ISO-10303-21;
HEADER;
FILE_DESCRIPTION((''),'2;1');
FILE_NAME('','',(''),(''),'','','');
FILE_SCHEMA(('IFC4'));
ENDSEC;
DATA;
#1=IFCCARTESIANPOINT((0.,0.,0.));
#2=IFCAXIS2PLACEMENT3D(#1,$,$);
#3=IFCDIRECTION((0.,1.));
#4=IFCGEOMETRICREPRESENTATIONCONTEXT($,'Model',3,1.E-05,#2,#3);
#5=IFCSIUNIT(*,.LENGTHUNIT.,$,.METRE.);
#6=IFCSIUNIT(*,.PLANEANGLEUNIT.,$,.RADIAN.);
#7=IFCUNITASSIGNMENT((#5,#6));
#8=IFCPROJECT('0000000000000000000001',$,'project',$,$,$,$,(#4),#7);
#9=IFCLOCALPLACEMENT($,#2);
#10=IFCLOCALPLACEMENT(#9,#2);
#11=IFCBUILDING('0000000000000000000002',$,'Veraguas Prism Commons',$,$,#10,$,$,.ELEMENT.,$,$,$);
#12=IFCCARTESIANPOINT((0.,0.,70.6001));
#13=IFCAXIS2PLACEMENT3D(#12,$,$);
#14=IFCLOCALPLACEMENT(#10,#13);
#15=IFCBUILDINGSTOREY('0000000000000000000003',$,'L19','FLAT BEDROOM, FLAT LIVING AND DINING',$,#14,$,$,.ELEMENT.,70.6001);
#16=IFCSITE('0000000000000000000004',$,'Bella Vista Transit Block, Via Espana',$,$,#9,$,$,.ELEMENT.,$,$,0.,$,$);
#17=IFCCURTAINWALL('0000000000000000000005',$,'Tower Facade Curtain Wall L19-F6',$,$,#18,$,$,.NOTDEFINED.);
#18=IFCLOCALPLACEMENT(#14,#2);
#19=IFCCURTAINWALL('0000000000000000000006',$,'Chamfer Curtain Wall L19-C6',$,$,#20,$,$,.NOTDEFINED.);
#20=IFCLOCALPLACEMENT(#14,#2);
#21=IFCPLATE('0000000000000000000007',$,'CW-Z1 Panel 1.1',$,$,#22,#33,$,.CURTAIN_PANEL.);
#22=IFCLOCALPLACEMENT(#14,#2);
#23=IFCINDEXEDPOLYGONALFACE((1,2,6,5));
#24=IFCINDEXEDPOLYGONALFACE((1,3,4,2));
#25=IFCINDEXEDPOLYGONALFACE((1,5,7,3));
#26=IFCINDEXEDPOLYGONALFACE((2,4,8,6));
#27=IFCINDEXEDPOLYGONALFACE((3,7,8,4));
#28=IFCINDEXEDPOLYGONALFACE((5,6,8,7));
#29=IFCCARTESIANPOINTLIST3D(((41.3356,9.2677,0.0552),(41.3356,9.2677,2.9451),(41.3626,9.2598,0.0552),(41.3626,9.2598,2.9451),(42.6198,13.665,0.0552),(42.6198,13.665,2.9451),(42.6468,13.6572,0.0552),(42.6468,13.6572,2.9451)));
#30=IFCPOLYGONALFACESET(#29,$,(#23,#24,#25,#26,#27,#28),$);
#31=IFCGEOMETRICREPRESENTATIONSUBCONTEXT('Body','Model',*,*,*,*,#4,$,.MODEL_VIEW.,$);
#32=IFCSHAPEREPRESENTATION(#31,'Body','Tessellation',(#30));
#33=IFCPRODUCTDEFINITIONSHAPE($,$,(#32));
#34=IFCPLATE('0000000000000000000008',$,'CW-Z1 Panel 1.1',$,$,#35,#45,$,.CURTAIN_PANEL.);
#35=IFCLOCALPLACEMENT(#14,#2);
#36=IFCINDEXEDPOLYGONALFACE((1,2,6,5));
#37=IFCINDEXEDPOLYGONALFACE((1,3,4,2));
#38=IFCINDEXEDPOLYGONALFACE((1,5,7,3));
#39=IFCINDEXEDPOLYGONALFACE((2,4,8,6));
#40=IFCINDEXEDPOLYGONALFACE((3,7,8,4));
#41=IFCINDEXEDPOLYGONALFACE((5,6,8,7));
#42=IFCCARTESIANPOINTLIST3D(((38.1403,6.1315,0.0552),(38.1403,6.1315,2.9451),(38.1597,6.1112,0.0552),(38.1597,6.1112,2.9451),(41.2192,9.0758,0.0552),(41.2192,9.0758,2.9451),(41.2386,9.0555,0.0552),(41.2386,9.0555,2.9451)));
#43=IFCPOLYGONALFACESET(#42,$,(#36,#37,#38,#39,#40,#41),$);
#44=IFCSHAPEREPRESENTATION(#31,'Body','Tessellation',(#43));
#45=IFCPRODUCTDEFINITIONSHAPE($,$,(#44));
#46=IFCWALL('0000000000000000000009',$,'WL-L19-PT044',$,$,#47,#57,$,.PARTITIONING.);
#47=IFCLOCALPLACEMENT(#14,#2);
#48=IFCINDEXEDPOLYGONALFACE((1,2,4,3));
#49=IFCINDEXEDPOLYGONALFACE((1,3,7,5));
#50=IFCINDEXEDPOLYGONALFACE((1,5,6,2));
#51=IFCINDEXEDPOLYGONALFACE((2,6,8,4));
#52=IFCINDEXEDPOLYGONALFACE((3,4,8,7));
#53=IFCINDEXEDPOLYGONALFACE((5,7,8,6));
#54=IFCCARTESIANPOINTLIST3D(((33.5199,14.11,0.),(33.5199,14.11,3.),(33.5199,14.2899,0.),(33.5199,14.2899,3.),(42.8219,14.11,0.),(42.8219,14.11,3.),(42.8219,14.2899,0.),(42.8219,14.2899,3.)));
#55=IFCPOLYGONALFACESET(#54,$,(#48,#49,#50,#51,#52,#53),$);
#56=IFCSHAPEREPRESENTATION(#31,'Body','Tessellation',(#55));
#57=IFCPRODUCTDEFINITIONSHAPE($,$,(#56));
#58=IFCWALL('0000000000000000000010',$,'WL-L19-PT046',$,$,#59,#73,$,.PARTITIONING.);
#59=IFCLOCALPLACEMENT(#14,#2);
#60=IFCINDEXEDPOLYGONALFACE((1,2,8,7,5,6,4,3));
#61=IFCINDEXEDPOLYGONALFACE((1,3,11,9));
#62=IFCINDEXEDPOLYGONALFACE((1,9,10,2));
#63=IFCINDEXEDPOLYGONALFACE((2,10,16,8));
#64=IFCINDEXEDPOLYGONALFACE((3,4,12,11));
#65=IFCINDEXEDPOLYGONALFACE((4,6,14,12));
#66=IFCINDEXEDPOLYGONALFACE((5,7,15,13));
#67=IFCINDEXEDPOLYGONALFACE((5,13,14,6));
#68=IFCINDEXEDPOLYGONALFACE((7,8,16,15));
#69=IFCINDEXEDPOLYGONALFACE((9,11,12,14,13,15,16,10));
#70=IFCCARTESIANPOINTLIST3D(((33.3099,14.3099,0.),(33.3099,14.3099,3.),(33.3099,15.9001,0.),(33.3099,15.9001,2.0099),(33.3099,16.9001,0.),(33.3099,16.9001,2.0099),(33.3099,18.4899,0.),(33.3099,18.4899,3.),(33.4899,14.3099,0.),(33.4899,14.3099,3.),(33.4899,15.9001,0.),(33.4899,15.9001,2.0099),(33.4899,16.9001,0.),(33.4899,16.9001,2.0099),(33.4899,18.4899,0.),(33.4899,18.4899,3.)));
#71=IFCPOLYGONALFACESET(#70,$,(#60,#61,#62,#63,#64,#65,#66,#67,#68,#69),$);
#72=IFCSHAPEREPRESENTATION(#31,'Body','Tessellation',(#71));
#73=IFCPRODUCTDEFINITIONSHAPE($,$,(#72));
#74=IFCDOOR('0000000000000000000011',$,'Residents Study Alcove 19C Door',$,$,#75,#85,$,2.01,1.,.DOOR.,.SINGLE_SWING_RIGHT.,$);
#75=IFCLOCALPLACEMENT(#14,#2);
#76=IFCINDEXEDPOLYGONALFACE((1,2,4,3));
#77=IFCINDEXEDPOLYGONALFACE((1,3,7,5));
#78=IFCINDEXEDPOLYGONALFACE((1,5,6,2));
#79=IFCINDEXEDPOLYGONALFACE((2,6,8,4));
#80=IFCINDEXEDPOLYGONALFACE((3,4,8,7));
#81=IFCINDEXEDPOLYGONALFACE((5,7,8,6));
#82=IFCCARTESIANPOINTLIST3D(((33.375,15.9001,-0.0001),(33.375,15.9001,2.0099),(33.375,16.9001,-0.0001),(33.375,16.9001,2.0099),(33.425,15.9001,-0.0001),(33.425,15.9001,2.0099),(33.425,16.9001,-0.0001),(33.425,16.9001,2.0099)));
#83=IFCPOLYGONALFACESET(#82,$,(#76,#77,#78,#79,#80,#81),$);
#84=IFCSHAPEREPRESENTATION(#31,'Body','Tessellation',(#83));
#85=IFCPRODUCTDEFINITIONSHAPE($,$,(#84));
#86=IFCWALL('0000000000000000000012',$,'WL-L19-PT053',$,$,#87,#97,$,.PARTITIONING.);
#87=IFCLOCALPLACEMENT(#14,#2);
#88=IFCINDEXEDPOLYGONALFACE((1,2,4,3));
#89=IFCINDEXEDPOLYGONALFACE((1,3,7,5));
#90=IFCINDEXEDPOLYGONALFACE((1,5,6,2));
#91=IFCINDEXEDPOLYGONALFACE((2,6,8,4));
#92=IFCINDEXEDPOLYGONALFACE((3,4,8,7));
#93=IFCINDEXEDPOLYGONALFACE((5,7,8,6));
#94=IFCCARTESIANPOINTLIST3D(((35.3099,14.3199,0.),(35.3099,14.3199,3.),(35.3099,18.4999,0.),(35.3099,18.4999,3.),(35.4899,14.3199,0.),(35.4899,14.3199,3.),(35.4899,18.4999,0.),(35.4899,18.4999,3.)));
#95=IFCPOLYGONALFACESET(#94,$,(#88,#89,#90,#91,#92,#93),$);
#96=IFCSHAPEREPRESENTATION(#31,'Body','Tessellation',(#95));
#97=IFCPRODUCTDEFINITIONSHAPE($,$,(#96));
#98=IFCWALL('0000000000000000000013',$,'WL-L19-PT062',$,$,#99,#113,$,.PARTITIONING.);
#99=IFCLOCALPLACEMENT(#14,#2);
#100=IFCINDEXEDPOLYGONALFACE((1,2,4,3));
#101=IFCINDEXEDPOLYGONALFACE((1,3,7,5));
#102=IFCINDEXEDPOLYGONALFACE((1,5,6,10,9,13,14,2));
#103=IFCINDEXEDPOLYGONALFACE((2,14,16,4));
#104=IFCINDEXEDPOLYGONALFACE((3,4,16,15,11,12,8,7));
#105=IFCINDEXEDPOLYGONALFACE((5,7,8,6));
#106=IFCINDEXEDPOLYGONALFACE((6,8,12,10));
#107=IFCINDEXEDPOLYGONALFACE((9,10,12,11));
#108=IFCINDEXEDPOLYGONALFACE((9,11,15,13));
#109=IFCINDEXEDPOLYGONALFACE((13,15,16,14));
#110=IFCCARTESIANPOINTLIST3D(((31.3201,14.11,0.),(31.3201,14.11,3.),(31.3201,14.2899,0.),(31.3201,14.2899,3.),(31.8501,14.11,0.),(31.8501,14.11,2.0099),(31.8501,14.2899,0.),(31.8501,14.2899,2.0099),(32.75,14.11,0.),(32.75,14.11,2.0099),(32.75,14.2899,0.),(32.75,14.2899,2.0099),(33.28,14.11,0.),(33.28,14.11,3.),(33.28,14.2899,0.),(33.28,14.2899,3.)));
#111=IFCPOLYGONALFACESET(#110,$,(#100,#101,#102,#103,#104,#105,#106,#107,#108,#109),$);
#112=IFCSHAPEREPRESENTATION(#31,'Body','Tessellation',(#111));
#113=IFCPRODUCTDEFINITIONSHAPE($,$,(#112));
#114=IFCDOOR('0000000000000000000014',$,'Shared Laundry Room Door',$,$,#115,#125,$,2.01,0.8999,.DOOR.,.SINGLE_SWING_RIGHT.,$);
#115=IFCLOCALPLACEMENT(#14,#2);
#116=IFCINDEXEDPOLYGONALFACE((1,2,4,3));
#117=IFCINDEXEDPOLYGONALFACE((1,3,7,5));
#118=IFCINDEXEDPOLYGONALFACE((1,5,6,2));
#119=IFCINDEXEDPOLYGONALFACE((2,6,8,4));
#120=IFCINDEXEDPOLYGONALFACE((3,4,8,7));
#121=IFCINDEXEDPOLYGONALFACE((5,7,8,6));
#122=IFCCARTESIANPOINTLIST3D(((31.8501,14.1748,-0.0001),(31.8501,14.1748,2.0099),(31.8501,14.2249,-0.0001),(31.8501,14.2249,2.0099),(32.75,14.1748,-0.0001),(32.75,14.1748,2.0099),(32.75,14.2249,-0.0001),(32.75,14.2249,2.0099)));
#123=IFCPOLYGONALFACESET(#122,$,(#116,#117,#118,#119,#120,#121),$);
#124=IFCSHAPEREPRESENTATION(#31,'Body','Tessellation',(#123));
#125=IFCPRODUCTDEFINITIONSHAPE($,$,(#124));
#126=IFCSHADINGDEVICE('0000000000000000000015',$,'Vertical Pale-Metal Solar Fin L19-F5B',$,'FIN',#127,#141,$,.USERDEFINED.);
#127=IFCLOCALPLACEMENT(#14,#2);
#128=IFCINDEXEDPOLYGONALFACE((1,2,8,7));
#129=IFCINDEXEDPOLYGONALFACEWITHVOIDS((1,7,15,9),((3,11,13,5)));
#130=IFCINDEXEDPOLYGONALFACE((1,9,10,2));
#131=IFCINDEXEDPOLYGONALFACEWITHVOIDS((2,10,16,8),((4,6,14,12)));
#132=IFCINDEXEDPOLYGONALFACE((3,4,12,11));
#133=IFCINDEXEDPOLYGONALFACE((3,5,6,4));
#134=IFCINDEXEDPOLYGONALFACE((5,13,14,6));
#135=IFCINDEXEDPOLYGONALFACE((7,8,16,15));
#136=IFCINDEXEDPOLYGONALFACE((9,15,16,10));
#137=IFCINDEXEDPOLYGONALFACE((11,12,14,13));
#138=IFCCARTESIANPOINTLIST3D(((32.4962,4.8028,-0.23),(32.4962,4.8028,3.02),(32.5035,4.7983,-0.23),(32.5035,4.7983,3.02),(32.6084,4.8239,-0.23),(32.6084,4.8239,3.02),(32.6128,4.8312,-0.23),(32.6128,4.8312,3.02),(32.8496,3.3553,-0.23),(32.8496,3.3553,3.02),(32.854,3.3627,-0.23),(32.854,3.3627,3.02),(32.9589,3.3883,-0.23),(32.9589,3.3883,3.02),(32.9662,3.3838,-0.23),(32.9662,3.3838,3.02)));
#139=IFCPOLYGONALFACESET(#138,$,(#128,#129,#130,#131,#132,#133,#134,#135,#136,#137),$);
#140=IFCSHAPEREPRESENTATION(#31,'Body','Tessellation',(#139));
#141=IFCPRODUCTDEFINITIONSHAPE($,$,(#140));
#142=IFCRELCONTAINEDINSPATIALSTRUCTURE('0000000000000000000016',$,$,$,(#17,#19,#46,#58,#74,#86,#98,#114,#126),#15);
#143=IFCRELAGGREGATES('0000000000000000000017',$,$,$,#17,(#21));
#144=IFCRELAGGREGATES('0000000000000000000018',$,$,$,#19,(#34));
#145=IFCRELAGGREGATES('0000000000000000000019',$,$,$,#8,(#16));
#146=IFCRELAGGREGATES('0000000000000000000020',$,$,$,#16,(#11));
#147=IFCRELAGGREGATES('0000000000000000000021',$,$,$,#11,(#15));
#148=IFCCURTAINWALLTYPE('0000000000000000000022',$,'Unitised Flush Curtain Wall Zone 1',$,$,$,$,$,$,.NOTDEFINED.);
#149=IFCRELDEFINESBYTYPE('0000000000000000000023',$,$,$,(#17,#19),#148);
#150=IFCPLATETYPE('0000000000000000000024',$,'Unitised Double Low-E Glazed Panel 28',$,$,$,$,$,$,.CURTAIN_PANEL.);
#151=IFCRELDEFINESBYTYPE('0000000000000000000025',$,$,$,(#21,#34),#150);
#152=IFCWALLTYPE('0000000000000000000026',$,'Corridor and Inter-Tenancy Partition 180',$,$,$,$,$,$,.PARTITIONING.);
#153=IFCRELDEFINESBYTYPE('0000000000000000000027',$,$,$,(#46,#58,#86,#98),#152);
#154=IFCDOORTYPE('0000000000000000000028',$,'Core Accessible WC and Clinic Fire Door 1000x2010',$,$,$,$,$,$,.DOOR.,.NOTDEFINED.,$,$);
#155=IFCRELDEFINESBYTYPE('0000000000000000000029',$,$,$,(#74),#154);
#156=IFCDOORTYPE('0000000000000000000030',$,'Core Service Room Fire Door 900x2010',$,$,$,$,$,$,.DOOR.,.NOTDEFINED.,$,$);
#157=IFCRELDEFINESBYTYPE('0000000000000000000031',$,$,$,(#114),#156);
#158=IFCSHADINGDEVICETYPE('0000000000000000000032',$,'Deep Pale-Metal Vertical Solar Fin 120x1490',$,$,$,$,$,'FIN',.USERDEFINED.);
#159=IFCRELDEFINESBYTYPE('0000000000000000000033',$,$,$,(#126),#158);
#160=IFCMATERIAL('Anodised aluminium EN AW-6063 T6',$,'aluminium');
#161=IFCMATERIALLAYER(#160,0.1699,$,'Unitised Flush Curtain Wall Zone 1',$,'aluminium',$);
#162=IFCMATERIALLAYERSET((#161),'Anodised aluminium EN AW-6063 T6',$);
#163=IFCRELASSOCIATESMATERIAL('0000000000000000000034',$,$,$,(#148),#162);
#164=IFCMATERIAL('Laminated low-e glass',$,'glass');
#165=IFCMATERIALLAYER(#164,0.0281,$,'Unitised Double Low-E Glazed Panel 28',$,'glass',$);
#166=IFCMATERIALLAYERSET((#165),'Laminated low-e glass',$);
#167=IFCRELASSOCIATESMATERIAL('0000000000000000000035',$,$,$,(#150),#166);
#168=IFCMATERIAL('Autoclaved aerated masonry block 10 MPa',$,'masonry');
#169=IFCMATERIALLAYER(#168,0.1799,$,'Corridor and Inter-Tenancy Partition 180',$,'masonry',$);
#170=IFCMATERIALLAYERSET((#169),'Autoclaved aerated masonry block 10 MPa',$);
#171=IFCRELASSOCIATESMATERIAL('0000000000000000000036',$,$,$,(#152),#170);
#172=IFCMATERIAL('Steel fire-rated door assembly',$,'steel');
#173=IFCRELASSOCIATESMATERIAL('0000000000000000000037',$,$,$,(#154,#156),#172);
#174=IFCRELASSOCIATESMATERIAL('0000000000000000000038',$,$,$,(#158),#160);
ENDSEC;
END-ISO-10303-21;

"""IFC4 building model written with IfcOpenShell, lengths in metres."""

from ifc_helpers import new_model, si_unit, direction, frame, frame_2d, origin, origin_2d, place, context, subcontext, project, spatial, rectangle, hollow_rectangle, extrude, source, transform, mapped, material, layer, layer_set, material_profile, profile_set, type_object, element, fill, aggregate, save


model = new_model("IFC4")

# Units and contexts
model_context = context("Model", 3, precision=1e-05, world=origin(), true_north=direction((0.0, 1.0)))
body_context = subcontext(model_context, "Body", "Model", "MODEL_VIEW")
ifc_project = project(units=[si_unit("LENGTHUNIT", "METRE"), si_unit("PLANEANGLEUNIT", "RADIAN")], contexts=[model_context])

# Site, building, storey
site_placement = place(None, origin())
site = spatial("IfcSite", under=ifc_project, at=site_placement, Name="Bella Vista Transit Block, Via Espana", CompositionType="ELEMENT", RefElevation=0.0)
building_placement = place(site_placement, origin())
building = spatial("IfcBuilding", under=site, at=building_placement, Name="Veraguas Prism Commons", CompositionType="ELEMENT")
storey_placement = place(building_placement, frame((0.0, 0.0, 70.6001)))
storey = spatial("IfcBuildingStorey", under=building, at=storey_placement, Name="L19", Description="FLAT BEDROOM, FLAT LIVING AND DINING", CompositionType="ELEMENT", Elevation=70.6001)

# Curtain walls
ifc_material_1 = material(Name="Anodised aluminium EN AW-6063 T6", Category="aluminium")
ifc_layer_1 = layer(ifc_material_1, 0.1699, Name="Unitised Flush Curtain Wall Zone 1", Category="aluminium")
ifc_layer_set_1 = layer_set([ifc_layer_1], Name="Anodised aluminium EN AW-6063 T6")
curtain_wall_type = type_object("IfcCurtainWallType", Name="Unitised Flush Curtain Wall Zone 1", PredefinedType="NOTDEFINED", material=ifc_layer_set_1)
curtain_wall_1_placement = place(storey_placement, origin())
curtain_wall_1 = element("IfcCurtainWall", 1, at=curtain_wall_1_placement, inside=storey, type_object=curtain_wall_type, Name="Tower Facade Curtain Wall L19-F6", PredefinedType="NOTDEFINED")
curtain_wall_2_placement = place(storey_placement, origin())
curtain_wall_2 = element("IfcCurtainWall", 2, at=curtain_wall_2_placement, inside=storey, type_object=curtain_wall_type, Name="Chamfer Curtain Wall L19-C6", PredefinedType="NOTDEFINED")

# Plates
ifc_material_2 = material(Name="Laminated low-e glass", Category="glass")
ifc_layer_2 = layer(ifc_material_2, 0.0281, Name="Unitised Double Low-E Glazed Panel 28", Category="glass")
ifc_layer_set_2 = layer_set([ifc_layer_2], Name="Laminated low-e glass")
plate_type = type_object("IfcPlateType", Name="Unitised Double Low-E Glazed Panel 28", PredefinedType="CURTAIN_PANEL", material=ifc_layer_set_2)
shared_shape_1 = source(origin(), body_context, "Body", "SweptSolid", [
    extrude(rectangle(XDim=4.5811, YDim=0.0281, at=origin_2d()), origin(), (0.0, 0.0, 1.0), 2.8899),
])
plate_1_placement = place(storey_placement, frame((41.9912, 11.4624, 0.0552), z_axis=(0.0, 0.0, 1.0), x_axis=(0.280333, 0.959903, 0.0)))
plate_1 = element("IfcPlate", 3, at=plate_1_placement, type_object=plate_type, Name="CW-Z1 Panel 1.1", PredefinedType="CURTAIN_PANEL", context=body_context, shape_type="MappedRepresentation", body=[
    mapped(shared_shape_1, transform((0.0, 0.0, 0.0), scale=1.0)),
])
aggregate(curtain_wall_1, [plate_1])
shared_shape_2 = source(origin(), body_context, "Body", "SweptSolid", [
    extrude(rectangle(XDim=4.26, YDim=0.0281, at=origin_2d()), origin(), (0.0, 0.0, 1.0), 2.8899),
])
plate_2_placement = place(storey_placement, frame((39.6895, 7.5935, 0.0552), z_axis=(0.0, 0.0, 1.0), x_axis=(0.72273, 0.691131, 0.0)))
plate_2 = element("IfcPlate", 4, at=plate_2_placement, type_object=plate_type, Name="CW-Z1 Panel 1.1", PredefinedType="CURTAIN_PANEL", context=body_context, shape_type="MappedRepresentation", body=[
    mapped(shared_shape_2, transform((0.0, 0.0, 0.0), scale=1.0)),
])
aggregate(curtain_wall_2, [plate_2])

# Wall
ifc_material_3 = material(Name="Autoclaved aerated masonry block 10 MPa", Category="masonry")
ifc_layer_3 = layer(ifc_material_3, 0.1799, Name="Corridor and Inter-Tenancy Partition 180", Category="masonry")
ifc_layer_set_3 = layer_set([ifc_layer_3], Name="Autoclaved aerated masonry block 10 MPa")
wall_type = type_object("IfcWallType", Name="Corridor and Inter-Tenancy Partition 180", PredefinedType="PARTITIONING", material=ifc_layer_set_3)
wall_1_placement = place(storey_placement, frame((33.52, 14.2, 0.0), z_axis=(0.0, 0.0, 1.0), x_axis=(1.0, 0.0, 0.0)))
element("IfcWall", 5, at=wall_1_placement, inside=storey, type_object=wall_type, Name="WL-L19-PT044", PredefinedType="PARTITIONING", context=body_context, shape_type="SweptSolid", body=[
    extrude(rectangle(XDim=9.302, YDim=0.1799, at=frame_2d((4.6509, 0.0))), origin(), (0.0, 0.0, 1.0), 3.0),
])

# Wall, opening, door
wall_2_placement = place(storey_placement, frame((33.3999, 14.3101, 0.0), z_axis=(0.0, 0.0, 1.0), x_axis=(0.0, 1.0, 0.0)))
wall_2 = element("IfcWall", 6, at=wall_2_placement, inside=storey, type_object=wall_type, Name="WL-L19-PT046", PredefinedType="PARTITIONING", context=body_context, shape_type="SweptSolid", body=[
    extrude(rectangle(XDim=4.1799, YDim=0.1799, at=frame_2d((2.0898, 0.0))), origin(), (0.0, 0.0, 1.0), 3.0),
])
opening_1_placement = place(wall_2_placement, frame((1.5901, 0.0, 0.0)))
opening_1 = element("IfcOpeningElement", 7, at=opening_1_placement, cuts=wall_2, PredefinedType="OPENING", context=body_context, shape_type="SweptSolid", body=[
    extrude(rectangle(XDim=1.0, YDim=2.01, at=frame_2d((0.5, 1.0049))), frame((0.0, 0.0999, 0.0), z_axis=(0.0, -1.0, 0.0), x_axis=(1.0, 0.0, 0.0)), (0.0, 0.0, 1.0), 0.2),
])
ifc_material_4 = material(Name="Steel fire-rated door assembly", Category="steel")
door_type_1 = type_object("IfcDoorType", Name="Core Accessible WC and Clinic Fire Door 1000x2010", OperationType="NOTDEFINED", PredefinedType="DOOR", material=ifc_material_4)
shared_shape_3 = source(origin(), body_context, "Body", "SweptSolid", [
    extrude(rectangle(XDim=1.0, YDim=2.01, at=frame_2d((0.5, 1.0049))), frame((0.0, 0.0249, 0.0), z_axis=(0.0, -1.0, 0.0), x_axis=(1.0, 0.0, 0.0)), (0.0, 0.0, 1.0), 0.05),
])
door_1_placement = place(opening_1_placement, origin())
door_1 = element("IfcDoor", 8, at=door_1_placement, inside=storey, type_object=door_type_1, Name="Residents Study Alcove 19C Door", OperationType="SINGLE_SWING_RIGHT", OverallHeight=2.01, OverallWidth=1.0, PredefinedType="DOOR", context=body_context, shape_type="MappedRepresentation", body=[
    mapped(shared_shape_3, transform((0.0, 0.0, 0.0), scale=1.0)),
])
fill(opening_1, door_1)

# Wall
wall_3_placement = place(storey_placement, frame((35.3999, 14.3201, 0.0), z_axis=(0.0, 0.0, 1.0), x_axis=(0.0, 1.0, 0.0)))
element("IfcWall", 9, at=wall_3_placement, inside=storey, type_object=wall_type, Name="WL-L19-PT053", PredefinedType="PARTITIONING", context=body_context, shape_type="SweptSolid", body=[
    extrude(rectangle(XDim=4.1799, YDim=0.1799, at=frame_2d((2.0898, 0.0))), origin(), (0.0, 0.0, 1.0), 3.0),
])

# Wall, opening, door
wall_4_placement = place(storey_placement, frame((31.3201, 14.2, 0.0), z_axis=(0.0, 0.0, 1.0), x_axis=(1.0, 0.0, 0.0)))
wall_4 = element("IfcWall", 10, at=wall_4_placement, inside=storey, type_object=wall_type, Name="WL-L19-PT062", PredefinedType="PARTITIONING", context=body_context, shape_type="SweptSolid", body=[
    extrude(rectangle(XDim=1.96, YDim=0.1799, at=frame_2d((0.98, 0.0))), origin(), (0.0, 0.0, 1.0), 3.0),
])
opening_2_placement = place(wall_4_placement, frame((0.53, 0.0, 0.0)))
opening_2 = element("IfcOpeningElement", 11, at=opening_2_placement, cuts=wall_4, PredefinedType="OPENING", context=body_context, shape_type="SweptSolid", body=[
    extrude(rectangle(XDim=0.8999, YDim=2.01, at=frame_2d((0.45, 1.0049))), frame((0.0, 0.0999, 0.0), z_axis=(0.0, -1.0, 0.0), x_axis=(1.0, 0.0, 0.0)), (0.0, 0.0, 1.0), 0.2),
])
door_type_2 = type_object("IfcDoorType", Name="Core Service Room Fire Door 900x2010", OperationType="NOTDEFINED", PredefinedType="DOOR", material=ifc_material_4)
shared_shape_4 = source(origin(), body_context, "Body", "SweptSolid", [
    extrude(rectangle(XDim=0.8999, YDim=2.01, at=frame_2d((0.45, 1.0049))), frame((0.0, 0.0249, 0.0), z_axis=(0.0, -1.0, 0.0), x_axis=(1.0, 0.0, 0.0)), (0.0, 0.0, 1.0), 0.05),
])
door_2_placement = place(opening_2_placement, origin())
door_2 = element("IfcDoor", 12, at=door_2_placement, inside=storey, type_object=door_type_2, Name="Shared Laundry Room Door", OperationType="SINGLE_SWING_RIGHT", OverallHeight=2.01, OverallWidth=0.8999, PredefinedType="DOOR", context=body_context, shape_type="MappedRepresentation", body=[
    mapped(shared_shape_4, transform((0.0, 0.0, 0.0), scale=1.0)),
])
fill(opening_2, door_2)

# Shading device
ifc_material_profile_1 = material_profile(ifc_material_1, hollow_rectangle(XDim=0.1201, YDim=1.49, WallThickness=0.0061, at=origin_2d()), Name="FIN120X1490X6")
ifc_profile_set_1 = profile_set([ifc_material_profile_1], Name="Anodised aluminium EN AW-6063 T6")
shading_device_type = type_object("IfcShadingDeviceType", Name="Deep Pale-Metal Vertical Solar Fin 120x1490", ElementType="FIN", PredefinedType="USERDEFINED", material=ifc_profile_set_1)
shading_device_placement = place(storey_placement, frame((32.7312, 4.0933, -0.23), z_axis=(0.0, 0.0, 1.0), x_axis=(0.971466, 0.237181, 0.0)))
element("IfcShadingDevice", 13, at=shading_device_placement, inside=storey, type_object=shading_device_type, Name="Vertical Pale-Metal Solar Fin L19-F5B", ObjectType="FIN", PredefinedType="USERDEFINED", context=body_context, shape_type="SweptSolid", body=[
    extrude(hollow_rectangle(XDim=0.1201, YDim=1.49, WallThickness=0.0061, at=origin_2d()), origin(), (0.0, 0.0, 1.0), 3.25),
])

save(model, "model.ifc")
